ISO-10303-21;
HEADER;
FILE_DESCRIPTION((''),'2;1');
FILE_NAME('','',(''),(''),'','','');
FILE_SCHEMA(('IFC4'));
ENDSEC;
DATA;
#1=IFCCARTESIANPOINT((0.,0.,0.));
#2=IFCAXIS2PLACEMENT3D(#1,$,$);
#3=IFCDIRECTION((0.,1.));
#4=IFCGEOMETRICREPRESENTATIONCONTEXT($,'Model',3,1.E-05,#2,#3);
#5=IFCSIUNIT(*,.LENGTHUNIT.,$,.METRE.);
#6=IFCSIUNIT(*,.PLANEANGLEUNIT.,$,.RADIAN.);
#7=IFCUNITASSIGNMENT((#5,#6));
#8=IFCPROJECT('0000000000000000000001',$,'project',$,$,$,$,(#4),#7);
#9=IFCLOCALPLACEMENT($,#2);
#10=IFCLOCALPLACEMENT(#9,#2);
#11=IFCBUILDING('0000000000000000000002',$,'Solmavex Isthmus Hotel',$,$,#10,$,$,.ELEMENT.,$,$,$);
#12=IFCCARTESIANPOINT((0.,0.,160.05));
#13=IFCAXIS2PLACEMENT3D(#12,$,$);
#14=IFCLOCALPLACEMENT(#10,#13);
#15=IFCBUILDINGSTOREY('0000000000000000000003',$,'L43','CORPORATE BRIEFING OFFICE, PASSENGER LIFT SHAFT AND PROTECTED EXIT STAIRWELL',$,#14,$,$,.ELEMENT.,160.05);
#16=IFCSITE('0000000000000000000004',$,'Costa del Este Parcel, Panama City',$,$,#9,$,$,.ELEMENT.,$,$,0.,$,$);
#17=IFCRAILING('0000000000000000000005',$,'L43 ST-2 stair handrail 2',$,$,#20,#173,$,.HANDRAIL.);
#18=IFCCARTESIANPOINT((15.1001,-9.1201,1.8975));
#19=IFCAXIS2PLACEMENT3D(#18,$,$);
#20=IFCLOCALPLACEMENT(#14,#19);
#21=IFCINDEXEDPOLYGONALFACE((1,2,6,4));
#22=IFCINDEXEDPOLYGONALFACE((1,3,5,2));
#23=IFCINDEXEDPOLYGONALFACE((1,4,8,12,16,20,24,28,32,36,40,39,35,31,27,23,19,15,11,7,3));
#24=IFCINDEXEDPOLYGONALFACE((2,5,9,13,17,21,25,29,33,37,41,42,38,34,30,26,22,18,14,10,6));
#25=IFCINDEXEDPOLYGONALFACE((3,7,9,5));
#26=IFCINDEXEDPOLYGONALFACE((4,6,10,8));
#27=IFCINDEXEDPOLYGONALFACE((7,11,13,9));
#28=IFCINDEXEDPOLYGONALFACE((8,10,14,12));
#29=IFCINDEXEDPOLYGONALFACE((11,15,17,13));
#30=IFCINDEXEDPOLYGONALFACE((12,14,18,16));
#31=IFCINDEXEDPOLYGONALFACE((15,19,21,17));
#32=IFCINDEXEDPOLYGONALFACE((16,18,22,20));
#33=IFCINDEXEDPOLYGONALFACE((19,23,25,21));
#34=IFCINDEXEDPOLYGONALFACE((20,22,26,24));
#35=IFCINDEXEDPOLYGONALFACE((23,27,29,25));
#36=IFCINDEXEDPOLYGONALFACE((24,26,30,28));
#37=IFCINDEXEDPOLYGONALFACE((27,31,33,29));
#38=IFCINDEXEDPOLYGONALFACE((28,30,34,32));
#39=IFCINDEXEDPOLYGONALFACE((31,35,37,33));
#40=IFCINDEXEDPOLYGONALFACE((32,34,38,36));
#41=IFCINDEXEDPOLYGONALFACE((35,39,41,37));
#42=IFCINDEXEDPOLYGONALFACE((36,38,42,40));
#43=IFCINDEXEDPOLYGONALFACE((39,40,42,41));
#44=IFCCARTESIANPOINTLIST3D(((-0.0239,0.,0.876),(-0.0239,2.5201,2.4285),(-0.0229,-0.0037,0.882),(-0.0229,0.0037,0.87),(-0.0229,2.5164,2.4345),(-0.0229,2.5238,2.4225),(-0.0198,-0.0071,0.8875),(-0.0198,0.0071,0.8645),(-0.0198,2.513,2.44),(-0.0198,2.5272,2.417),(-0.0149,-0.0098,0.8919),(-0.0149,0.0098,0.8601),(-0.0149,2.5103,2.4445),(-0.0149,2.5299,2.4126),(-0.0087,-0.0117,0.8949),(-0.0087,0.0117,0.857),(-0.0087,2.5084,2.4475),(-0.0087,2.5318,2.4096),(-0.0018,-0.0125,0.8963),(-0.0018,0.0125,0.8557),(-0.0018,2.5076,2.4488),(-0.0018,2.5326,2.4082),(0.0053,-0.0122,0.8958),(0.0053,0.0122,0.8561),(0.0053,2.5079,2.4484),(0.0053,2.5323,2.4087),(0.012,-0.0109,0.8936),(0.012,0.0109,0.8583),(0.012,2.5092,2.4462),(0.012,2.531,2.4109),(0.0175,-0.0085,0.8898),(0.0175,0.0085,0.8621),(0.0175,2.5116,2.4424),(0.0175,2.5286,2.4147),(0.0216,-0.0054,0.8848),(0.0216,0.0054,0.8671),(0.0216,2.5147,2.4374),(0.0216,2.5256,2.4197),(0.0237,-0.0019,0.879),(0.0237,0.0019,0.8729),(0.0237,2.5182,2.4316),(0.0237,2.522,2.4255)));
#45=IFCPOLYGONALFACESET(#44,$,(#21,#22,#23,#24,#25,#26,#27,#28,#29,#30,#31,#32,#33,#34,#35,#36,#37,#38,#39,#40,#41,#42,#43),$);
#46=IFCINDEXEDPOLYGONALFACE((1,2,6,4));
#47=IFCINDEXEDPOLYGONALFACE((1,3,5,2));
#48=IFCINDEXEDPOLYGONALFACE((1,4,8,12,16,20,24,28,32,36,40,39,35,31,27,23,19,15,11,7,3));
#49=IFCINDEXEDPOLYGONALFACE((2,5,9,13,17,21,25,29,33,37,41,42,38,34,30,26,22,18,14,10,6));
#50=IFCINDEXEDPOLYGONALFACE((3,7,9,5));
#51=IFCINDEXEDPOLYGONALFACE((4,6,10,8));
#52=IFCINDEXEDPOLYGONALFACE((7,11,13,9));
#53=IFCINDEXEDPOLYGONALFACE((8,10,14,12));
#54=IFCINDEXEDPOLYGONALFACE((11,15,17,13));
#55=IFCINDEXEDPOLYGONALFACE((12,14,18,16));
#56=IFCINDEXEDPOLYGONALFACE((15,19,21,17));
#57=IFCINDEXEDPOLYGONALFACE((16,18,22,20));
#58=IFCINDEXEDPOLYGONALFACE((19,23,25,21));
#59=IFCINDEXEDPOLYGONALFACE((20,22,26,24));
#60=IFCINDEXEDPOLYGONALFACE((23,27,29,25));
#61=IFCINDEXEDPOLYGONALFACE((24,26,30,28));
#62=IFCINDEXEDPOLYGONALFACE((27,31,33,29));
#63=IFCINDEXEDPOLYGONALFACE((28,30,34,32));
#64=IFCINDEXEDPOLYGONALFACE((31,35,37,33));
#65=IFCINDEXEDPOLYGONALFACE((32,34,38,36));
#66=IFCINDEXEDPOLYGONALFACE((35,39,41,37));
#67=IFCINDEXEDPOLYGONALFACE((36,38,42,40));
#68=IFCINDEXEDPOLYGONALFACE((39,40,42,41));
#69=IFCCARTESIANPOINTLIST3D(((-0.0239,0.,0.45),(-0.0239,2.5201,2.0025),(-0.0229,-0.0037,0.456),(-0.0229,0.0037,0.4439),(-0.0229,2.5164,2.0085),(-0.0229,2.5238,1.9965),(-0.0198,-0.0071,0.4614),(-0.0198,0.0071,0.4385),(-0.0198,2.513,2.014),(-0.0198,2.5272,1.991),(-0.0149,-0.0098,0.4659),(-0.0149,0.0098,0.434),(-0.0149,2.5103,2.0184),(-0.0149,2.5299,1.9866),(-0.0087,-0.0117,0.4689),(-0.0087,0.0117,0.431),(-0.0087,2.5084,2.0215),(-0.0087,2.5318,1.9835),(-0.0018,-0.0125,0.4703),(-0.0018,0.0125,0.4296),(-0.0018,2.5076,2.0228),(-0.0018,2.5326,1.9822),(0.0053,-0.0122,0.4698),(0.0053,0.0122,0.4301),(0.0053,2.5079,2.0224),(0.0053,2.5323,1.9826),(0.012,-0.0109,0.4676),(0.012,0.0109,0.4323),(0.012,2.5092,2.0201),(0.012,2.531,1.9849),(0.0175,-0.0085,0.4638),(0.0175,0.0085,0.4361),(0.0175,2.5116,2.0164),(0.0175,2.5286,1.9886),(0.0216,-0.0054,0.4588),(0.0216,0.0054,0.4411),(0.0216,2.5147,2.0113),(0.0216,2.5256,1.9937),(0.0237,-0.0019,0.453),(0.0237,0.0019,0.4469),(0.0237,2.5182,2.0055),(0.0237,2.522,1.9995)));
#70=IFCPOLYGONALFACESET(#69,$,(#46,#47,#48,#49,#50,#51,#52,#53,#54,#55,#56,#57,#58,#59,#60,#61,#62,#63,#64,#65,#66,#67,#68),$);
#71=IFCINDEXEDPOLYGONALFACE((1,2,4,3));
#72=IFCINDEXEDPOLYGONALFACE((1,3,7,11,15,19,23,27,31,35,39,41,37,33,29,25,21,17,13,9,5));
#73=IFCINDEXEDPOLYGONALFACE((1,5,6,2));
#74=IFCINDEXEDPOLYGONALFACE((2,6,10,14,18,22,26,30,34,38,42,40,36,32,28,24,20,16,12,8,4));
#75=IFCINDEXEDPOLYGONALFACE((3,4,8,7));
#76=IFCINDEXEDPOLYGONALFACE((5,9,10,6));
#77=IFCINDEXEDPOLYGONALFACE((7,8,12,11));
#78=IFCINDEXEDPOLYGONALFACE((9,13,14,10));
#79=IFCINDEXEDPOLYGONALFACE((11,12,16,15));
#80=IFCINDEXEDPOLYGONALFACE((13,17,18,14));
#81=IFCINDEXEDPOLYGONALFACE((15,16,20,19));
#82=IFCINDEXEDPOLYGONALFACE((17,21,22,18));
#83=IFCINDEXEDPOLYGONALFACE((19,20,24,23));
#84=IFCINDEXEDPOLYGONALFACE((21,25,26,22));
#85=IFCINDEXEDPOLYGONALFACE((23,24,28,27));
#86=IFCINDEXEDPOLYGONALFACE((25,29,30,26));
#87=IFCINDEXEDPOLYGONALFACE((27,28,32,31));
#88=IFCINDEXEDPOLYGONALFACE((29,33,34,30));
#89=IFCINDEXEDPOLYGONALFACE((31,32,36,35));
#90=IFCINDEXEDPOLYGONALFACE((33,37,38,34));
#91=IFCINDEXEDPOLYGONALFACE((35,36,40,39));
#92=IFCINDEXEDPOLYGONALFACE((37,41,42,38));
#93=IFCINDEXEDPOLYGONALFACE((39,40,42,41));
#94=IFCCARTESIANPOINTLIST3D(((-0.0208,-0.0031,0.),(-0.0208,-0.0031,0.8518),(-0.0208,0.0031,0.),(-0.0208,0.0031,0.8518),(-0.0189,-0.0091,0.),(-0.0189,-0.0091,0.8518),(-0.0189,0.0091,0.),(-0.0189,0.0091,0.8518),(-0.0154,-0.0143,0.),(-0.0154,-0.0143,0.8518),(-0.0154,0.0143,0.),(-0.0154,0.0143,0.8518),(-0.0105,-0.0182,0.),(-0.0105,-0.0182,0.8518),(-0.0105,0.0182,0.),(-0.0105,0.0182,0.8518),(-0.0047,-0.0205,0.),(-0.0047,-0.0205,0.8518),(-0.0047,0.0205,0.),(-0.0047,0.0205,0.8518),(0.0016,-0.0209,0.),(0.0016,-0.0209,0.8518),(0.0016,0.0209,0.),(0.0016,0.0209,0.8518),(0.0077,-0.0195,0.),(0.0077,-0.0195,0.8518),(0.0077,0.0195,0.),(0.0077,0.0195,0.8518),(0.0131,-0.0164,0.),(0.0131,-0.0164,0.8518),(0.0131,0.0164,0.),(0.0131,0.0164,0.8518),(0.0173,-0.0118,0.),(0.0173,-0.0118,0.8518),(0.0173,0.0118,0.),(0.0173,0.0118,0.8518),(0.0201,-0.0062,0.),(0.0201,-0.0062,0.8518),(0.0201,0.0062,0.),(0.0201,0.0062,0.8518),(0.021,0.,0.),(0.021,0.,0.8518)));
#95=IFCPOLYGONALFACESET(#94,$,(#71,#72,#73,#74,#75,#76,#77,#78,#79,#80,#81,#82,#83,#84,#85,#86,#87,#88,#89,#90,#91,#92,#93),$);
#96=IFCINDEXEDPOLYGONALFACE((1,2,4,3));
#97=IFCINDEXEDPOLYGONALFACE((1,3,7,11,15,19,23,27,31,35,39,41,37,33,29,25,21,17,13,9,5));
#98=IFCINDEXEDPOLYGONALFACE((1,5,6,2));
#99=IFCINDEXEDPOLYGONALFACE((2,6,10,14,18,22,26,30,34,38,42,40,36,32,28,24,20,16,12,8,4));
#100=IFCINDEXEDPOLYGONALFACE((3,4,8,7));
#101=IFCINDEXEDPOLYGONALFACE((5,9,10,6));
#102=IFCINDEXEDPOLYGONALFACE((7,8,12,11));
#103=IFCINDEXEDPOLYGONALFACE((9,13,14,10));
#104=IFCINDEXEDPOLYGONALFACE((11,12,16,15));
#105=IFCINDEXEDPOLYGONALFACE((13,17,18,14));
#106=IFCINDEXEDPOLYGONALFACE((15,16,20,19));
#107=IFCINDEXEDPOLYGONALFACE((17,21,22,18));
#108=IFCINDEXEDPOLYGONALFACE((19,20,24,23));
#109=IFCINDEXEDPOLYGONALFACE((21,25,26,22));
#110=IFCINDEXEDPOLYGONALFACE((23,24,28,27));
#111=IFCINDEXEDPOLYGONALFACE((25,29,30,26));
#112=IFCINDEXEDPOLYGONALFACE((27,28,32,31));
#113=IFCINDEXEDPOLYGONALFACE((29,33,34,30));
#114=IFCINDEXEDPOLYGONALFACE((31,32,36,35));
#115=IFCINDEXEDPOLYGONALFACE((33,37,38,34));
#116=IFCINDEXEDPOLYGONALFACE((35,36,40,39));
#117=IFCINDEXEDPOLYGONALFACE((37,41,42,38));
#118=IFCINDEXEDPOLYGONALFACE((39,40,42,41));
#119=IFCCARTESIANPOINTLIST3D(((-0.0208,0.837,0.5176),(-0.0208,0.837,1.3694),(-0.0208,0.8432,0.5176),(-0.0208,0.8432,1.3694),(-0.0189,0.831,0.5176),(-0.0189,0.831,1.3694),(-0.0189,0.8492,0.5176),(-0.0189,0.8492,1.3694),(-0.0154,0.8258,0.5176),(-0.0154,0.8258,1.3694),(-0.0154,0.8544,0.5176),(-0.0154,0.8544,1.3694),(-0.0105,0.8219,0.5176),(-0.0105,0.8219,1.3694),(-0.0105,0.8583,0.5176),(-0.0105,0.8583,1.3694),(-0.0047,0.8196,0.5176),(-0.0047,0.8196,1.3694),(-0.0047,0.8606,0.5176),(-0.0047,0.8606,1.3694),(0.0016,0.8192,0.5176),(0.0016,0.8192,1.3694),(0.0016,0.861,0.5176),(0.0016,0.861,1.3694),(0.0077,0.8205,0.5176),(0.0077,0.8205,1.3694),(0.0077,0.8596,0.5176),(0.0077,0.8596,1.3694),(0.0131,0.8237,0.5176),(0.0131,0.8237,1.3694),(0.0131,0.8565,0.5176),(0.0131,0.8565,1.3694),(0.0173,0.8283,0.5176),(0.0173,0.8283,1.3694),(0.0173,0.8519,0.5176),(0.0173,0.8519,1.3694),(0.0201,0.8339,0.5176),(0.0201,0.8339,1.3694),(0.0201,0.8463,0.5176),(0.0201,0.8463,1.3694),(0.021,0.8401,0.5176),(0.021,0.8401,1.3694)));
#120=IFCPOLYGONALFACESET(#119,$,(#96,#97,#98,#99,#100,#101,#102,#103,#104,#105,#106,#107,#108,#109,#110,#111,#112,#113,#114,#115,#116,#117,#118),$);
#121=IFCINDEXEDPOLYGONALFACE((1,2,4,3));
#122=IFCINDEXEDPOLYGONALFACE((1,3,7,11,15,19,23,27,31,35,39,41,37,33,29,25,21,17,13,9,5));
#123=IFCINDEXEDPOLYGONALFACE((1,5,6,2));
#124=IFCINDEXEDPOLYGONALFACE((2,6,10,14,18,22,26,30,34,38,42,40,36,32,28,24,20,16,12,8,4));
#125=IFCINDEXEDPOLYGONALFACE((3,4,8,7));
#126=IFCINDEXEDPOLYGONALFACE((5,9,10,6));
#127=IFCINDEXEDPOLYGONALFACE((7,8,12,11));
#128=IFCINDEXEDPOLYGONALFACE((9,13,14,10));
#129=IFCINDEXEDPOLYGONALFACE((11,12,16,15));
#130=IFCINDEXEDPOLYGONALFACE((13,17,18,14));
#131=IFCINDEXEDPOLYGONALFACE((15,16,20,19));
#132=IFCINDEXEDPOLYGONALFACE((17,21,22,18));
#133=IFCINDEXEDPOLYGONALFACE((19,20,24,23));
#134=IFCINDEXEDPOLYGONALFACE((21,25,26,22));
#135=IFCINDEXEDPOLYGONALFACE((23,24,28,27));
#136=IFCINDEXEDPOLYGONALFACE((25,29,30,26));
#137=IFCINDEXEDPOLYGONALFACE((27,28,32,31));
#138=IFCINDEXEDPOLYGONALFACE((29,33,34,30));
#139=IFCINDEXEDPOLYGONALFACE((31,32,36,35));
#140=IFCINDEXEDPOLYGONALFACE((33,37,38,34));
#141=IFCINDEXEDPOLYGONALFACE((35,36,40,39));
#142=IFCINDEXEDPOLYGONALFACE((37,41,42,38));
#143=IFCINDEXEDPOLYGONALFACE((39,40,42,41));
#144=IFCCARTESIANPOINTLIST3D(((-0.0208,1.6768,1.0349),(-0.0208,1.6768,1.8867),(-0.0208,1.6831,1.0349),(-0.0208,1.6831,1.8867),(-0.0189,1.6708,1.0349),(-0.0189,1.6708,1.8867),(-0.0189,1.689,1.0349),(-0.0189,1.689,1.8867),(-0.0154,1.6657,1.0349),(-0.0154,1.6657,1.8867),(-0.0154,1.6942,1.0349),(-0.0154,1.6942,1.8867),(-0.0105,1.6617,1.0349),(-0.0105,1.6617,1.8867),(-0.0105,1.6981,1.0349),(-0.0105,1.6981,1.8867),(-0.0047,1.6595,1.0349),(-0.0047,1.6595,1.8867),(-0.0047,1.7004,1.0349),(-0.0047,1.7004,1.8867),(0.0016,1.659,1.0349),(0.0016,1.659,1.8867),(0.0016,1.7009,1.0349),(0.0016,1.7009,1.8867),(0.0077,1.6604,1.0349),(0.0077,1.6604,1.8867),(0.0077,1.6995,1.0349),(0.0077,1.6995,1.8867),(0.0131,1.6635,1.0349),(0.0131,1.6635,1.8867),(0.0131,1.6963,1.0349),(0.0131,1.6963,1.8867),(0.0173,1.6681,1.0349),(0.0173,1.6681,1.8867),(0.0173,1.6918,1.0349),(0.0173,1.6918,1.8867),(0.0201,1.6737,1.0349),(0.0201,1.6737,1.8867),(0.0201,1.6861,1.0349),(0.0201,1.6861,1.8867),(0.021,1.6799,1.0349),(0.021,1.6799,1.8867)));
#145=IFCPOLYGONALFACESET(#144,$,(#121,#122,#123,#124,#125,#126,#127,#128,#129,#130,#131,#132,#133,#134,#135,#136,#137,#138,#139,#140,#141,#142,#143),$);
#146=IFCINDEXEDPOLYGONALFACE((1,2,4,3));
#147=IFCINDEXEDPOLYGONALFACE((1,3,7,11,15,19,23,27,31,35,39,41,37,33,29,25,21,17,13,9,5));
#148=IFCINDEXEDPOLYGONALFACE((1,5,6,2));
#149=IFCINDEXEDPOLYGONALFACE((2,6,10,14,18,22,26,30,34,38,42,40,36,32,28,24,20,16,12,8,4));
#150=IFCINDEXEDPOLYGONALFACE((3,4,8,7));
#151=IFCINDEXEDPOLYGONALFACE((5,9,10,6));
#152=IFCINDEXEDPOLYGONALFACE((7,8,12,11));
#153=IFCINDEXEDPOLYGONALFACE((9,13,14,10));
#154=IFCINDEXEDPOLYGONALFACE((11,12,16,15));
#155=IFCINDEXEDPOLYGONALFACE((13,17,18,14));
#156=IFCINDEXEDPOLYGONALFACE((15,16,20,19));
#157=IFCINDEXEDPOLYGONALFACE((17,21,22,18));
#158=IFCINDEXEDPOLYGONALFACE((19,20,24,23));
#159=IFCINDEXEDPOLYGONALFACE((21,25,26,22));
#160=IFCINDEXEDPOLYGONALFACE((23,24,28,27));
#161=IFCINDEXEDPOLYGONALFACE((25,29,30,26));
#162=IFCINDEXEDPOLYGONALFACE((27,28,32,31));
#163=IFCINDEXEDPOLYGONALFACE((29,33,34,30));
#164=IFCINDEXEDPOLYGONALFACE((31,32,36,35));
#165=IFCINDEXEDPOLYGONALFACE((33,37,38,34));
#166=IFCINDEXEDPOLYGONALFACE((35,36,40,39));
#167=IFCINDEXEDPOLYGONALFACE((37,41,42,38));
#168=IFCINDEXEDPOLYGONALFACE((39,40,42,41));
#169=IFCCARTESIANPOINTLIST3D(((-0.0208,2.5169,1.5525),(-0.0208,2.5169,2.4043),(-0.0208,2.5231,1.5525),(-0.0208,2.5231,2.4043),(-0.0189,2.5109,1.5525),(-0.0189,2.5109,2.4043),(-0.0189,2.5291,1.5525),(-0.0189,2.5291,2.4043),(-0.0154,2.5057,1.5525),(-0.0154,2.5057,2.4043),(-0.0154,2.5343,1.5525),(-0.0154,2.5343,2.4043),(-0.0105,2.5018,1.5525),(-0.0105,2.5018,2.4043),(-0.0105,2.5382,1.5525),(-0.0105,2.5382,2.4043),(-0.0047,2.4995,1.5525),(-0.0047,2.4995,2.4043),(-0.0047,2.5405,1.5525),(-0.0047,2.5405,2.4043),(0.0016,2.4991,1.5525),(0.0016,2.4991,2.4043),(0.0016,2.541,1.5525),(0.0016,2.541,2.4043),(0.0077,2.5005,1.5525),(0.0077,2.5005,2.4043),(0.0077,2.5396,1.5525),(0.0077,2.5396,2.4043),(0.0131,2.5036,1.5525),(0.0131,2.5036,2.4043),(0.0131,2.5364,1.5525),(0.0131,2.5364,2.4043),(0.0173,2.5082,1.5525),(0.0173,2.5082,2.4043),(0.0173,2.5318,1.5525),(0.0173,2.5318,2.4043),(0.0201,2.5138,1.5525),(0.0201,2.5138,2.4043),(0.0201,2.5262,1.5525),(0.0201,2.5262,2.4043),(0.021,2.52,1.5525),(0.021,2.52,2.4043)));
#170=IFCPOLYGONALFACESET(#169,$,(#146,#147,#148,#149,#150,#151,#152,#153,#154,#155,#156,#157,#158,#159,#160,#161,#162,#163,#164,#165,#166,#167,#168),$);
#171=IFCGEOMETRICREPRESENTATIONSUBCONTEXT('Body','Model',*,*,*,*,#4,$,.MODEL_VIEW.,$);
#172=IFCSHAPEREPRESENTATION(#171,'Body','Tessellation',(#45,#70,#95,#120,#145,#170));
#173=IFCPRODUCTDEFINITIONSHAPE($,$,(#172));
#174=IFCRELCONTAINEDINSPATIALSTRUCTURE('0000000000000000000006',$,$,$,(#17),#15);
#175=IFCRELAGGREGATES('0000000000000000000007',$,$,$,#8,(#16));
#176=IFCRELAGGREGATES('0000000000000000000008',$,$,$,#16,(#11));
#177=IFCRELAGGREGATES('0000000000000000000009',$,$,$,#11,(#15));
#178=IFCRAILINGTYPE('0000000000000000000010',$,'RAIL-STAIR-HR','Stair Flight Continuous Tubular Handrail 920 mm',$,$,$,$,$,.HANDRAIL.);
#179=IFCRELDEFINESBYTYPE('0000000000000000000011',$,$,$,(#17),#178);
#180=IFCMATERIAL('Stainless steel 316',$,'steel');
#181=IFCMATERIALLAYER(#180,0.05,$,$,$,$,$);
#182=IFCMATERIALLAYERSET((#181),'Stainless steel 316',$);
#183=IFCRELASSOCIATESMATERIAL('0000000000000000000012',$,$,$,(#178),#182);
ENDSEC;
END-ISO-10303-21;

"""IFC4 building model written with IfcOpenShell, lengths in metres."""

from ifc_helpers import new_model, si_unit, direction, frame, origin, origin_2d, place, context, subcontext, project, spatial, circle, extrude, material, layer, layer_set, type_object, element, save


model = new_model("IFC4")

# Units and contexts
model_context = context("Model", 3, precision=1e-05, world=origin(), true_north=direction((0.0, 1.0)))
body_context = subcontext(model_context, "Body", "Model", "MODEL_VIEW")
ifc_project = project(units=[si_unit("LENGTHUNIT", "METRE"), si_unit("PLANEANGLEUNIT", "RADIAN")], contexts=[model_context])

# Site, building, storey
site_placement = place(None, origin())
site = spatial("IfcSite", under=ifc_project, at=site_placement, Name="Costa del Este Parcel, Panama City", CompositionType="ELEMENT", RefElevation=0.0)
building_placement = place(site_placement, origin())
building = spatial("IfcBuilding", under=site, at=building_placement, Name="Solmavex Isthmus Hotel", CompositionType="ELEMENT")
storey_placement = place(building_placement, frame((0.0, 0.0, 160.05)))
storey = spatial("IfcBuildingStorey", under=building, at=storey_placement, Name="L43", Description="CORPORATE BRIEFING OFFICE, PASSENGER LIFT SHAFT AND PROTECTED EXIT STAIRWELL", CompositionType="ELEMENT", Elevation=160.05)

# Railing
ifc_material_1 = material(Name="Stainless steel 316", Category="steel")
ifc_layer_1 = layer(ifc_material_1, 0.05)
ifc_layer_set_1 = layer_set([ifc_layer_1], Name="Stainless steel 316")
railing_type_1 = type_object("IfcRailingType", Name="RAIL-STAIR-HR", Description="Stair Flight Continuous Tubular Handrail 920 mm", PredefinedType="HANDRAIL", material=ifc_layer_set_1)
railing_1_placement = place(storey_placement, frame((15.1001, -9.1201, 1.8975)))
element("IfcRailing", 1, at=railing_1_placement, inside=storey, type_object=railing_type_1, Name="L43 ST-2 stair handrail 2", PredefinedType="HANDRAIL", context=body_context, shape_type="SweptSolid", body=[
    extrude(circle(Radius=0.0239, at=origin_2d()), frame((0.0, 0.0, 0.876), z_axis=(0.0, 0.8514, 0.524516), x_axis=(-1.0, 0.0, 0.0)), (0.0, 0.0, 1.0), 2.96),
    extrude(circle(Radius=0.0239, at=origin_2d()), frame((0.0, 0.0, 0.45), z_axis=(0.0, 0.8514, 0.524516), x_axis=(-1.0, 0.0, 0.0)), (0.0, 0.0, 1.0), 2.96),
    extrude(circle(Radius=0.021, at=origin_2d()), origin(), (0.0, 0.0, 1.0), 0.8518),
    extrude(circle(Radius=0.021, at=origin_2d()), frame((0.0, 0.8401, 0.5176)), (0.0, 0.0, 1.0), 0.8518),
    extrude(circle(Radius=0.021, at=origin_2d()), frame((0.0, 1.6799, 1.0349)), (0.0, 0.0, 1.0), 0.8518),
    extrude(circle(Radius=0.021, at=origin_2d()), frame((0.0, 2.52, 1.5525)), (0.0, 0.0, 1.0), 0.8518),
])

save(model, "model.ifc")
